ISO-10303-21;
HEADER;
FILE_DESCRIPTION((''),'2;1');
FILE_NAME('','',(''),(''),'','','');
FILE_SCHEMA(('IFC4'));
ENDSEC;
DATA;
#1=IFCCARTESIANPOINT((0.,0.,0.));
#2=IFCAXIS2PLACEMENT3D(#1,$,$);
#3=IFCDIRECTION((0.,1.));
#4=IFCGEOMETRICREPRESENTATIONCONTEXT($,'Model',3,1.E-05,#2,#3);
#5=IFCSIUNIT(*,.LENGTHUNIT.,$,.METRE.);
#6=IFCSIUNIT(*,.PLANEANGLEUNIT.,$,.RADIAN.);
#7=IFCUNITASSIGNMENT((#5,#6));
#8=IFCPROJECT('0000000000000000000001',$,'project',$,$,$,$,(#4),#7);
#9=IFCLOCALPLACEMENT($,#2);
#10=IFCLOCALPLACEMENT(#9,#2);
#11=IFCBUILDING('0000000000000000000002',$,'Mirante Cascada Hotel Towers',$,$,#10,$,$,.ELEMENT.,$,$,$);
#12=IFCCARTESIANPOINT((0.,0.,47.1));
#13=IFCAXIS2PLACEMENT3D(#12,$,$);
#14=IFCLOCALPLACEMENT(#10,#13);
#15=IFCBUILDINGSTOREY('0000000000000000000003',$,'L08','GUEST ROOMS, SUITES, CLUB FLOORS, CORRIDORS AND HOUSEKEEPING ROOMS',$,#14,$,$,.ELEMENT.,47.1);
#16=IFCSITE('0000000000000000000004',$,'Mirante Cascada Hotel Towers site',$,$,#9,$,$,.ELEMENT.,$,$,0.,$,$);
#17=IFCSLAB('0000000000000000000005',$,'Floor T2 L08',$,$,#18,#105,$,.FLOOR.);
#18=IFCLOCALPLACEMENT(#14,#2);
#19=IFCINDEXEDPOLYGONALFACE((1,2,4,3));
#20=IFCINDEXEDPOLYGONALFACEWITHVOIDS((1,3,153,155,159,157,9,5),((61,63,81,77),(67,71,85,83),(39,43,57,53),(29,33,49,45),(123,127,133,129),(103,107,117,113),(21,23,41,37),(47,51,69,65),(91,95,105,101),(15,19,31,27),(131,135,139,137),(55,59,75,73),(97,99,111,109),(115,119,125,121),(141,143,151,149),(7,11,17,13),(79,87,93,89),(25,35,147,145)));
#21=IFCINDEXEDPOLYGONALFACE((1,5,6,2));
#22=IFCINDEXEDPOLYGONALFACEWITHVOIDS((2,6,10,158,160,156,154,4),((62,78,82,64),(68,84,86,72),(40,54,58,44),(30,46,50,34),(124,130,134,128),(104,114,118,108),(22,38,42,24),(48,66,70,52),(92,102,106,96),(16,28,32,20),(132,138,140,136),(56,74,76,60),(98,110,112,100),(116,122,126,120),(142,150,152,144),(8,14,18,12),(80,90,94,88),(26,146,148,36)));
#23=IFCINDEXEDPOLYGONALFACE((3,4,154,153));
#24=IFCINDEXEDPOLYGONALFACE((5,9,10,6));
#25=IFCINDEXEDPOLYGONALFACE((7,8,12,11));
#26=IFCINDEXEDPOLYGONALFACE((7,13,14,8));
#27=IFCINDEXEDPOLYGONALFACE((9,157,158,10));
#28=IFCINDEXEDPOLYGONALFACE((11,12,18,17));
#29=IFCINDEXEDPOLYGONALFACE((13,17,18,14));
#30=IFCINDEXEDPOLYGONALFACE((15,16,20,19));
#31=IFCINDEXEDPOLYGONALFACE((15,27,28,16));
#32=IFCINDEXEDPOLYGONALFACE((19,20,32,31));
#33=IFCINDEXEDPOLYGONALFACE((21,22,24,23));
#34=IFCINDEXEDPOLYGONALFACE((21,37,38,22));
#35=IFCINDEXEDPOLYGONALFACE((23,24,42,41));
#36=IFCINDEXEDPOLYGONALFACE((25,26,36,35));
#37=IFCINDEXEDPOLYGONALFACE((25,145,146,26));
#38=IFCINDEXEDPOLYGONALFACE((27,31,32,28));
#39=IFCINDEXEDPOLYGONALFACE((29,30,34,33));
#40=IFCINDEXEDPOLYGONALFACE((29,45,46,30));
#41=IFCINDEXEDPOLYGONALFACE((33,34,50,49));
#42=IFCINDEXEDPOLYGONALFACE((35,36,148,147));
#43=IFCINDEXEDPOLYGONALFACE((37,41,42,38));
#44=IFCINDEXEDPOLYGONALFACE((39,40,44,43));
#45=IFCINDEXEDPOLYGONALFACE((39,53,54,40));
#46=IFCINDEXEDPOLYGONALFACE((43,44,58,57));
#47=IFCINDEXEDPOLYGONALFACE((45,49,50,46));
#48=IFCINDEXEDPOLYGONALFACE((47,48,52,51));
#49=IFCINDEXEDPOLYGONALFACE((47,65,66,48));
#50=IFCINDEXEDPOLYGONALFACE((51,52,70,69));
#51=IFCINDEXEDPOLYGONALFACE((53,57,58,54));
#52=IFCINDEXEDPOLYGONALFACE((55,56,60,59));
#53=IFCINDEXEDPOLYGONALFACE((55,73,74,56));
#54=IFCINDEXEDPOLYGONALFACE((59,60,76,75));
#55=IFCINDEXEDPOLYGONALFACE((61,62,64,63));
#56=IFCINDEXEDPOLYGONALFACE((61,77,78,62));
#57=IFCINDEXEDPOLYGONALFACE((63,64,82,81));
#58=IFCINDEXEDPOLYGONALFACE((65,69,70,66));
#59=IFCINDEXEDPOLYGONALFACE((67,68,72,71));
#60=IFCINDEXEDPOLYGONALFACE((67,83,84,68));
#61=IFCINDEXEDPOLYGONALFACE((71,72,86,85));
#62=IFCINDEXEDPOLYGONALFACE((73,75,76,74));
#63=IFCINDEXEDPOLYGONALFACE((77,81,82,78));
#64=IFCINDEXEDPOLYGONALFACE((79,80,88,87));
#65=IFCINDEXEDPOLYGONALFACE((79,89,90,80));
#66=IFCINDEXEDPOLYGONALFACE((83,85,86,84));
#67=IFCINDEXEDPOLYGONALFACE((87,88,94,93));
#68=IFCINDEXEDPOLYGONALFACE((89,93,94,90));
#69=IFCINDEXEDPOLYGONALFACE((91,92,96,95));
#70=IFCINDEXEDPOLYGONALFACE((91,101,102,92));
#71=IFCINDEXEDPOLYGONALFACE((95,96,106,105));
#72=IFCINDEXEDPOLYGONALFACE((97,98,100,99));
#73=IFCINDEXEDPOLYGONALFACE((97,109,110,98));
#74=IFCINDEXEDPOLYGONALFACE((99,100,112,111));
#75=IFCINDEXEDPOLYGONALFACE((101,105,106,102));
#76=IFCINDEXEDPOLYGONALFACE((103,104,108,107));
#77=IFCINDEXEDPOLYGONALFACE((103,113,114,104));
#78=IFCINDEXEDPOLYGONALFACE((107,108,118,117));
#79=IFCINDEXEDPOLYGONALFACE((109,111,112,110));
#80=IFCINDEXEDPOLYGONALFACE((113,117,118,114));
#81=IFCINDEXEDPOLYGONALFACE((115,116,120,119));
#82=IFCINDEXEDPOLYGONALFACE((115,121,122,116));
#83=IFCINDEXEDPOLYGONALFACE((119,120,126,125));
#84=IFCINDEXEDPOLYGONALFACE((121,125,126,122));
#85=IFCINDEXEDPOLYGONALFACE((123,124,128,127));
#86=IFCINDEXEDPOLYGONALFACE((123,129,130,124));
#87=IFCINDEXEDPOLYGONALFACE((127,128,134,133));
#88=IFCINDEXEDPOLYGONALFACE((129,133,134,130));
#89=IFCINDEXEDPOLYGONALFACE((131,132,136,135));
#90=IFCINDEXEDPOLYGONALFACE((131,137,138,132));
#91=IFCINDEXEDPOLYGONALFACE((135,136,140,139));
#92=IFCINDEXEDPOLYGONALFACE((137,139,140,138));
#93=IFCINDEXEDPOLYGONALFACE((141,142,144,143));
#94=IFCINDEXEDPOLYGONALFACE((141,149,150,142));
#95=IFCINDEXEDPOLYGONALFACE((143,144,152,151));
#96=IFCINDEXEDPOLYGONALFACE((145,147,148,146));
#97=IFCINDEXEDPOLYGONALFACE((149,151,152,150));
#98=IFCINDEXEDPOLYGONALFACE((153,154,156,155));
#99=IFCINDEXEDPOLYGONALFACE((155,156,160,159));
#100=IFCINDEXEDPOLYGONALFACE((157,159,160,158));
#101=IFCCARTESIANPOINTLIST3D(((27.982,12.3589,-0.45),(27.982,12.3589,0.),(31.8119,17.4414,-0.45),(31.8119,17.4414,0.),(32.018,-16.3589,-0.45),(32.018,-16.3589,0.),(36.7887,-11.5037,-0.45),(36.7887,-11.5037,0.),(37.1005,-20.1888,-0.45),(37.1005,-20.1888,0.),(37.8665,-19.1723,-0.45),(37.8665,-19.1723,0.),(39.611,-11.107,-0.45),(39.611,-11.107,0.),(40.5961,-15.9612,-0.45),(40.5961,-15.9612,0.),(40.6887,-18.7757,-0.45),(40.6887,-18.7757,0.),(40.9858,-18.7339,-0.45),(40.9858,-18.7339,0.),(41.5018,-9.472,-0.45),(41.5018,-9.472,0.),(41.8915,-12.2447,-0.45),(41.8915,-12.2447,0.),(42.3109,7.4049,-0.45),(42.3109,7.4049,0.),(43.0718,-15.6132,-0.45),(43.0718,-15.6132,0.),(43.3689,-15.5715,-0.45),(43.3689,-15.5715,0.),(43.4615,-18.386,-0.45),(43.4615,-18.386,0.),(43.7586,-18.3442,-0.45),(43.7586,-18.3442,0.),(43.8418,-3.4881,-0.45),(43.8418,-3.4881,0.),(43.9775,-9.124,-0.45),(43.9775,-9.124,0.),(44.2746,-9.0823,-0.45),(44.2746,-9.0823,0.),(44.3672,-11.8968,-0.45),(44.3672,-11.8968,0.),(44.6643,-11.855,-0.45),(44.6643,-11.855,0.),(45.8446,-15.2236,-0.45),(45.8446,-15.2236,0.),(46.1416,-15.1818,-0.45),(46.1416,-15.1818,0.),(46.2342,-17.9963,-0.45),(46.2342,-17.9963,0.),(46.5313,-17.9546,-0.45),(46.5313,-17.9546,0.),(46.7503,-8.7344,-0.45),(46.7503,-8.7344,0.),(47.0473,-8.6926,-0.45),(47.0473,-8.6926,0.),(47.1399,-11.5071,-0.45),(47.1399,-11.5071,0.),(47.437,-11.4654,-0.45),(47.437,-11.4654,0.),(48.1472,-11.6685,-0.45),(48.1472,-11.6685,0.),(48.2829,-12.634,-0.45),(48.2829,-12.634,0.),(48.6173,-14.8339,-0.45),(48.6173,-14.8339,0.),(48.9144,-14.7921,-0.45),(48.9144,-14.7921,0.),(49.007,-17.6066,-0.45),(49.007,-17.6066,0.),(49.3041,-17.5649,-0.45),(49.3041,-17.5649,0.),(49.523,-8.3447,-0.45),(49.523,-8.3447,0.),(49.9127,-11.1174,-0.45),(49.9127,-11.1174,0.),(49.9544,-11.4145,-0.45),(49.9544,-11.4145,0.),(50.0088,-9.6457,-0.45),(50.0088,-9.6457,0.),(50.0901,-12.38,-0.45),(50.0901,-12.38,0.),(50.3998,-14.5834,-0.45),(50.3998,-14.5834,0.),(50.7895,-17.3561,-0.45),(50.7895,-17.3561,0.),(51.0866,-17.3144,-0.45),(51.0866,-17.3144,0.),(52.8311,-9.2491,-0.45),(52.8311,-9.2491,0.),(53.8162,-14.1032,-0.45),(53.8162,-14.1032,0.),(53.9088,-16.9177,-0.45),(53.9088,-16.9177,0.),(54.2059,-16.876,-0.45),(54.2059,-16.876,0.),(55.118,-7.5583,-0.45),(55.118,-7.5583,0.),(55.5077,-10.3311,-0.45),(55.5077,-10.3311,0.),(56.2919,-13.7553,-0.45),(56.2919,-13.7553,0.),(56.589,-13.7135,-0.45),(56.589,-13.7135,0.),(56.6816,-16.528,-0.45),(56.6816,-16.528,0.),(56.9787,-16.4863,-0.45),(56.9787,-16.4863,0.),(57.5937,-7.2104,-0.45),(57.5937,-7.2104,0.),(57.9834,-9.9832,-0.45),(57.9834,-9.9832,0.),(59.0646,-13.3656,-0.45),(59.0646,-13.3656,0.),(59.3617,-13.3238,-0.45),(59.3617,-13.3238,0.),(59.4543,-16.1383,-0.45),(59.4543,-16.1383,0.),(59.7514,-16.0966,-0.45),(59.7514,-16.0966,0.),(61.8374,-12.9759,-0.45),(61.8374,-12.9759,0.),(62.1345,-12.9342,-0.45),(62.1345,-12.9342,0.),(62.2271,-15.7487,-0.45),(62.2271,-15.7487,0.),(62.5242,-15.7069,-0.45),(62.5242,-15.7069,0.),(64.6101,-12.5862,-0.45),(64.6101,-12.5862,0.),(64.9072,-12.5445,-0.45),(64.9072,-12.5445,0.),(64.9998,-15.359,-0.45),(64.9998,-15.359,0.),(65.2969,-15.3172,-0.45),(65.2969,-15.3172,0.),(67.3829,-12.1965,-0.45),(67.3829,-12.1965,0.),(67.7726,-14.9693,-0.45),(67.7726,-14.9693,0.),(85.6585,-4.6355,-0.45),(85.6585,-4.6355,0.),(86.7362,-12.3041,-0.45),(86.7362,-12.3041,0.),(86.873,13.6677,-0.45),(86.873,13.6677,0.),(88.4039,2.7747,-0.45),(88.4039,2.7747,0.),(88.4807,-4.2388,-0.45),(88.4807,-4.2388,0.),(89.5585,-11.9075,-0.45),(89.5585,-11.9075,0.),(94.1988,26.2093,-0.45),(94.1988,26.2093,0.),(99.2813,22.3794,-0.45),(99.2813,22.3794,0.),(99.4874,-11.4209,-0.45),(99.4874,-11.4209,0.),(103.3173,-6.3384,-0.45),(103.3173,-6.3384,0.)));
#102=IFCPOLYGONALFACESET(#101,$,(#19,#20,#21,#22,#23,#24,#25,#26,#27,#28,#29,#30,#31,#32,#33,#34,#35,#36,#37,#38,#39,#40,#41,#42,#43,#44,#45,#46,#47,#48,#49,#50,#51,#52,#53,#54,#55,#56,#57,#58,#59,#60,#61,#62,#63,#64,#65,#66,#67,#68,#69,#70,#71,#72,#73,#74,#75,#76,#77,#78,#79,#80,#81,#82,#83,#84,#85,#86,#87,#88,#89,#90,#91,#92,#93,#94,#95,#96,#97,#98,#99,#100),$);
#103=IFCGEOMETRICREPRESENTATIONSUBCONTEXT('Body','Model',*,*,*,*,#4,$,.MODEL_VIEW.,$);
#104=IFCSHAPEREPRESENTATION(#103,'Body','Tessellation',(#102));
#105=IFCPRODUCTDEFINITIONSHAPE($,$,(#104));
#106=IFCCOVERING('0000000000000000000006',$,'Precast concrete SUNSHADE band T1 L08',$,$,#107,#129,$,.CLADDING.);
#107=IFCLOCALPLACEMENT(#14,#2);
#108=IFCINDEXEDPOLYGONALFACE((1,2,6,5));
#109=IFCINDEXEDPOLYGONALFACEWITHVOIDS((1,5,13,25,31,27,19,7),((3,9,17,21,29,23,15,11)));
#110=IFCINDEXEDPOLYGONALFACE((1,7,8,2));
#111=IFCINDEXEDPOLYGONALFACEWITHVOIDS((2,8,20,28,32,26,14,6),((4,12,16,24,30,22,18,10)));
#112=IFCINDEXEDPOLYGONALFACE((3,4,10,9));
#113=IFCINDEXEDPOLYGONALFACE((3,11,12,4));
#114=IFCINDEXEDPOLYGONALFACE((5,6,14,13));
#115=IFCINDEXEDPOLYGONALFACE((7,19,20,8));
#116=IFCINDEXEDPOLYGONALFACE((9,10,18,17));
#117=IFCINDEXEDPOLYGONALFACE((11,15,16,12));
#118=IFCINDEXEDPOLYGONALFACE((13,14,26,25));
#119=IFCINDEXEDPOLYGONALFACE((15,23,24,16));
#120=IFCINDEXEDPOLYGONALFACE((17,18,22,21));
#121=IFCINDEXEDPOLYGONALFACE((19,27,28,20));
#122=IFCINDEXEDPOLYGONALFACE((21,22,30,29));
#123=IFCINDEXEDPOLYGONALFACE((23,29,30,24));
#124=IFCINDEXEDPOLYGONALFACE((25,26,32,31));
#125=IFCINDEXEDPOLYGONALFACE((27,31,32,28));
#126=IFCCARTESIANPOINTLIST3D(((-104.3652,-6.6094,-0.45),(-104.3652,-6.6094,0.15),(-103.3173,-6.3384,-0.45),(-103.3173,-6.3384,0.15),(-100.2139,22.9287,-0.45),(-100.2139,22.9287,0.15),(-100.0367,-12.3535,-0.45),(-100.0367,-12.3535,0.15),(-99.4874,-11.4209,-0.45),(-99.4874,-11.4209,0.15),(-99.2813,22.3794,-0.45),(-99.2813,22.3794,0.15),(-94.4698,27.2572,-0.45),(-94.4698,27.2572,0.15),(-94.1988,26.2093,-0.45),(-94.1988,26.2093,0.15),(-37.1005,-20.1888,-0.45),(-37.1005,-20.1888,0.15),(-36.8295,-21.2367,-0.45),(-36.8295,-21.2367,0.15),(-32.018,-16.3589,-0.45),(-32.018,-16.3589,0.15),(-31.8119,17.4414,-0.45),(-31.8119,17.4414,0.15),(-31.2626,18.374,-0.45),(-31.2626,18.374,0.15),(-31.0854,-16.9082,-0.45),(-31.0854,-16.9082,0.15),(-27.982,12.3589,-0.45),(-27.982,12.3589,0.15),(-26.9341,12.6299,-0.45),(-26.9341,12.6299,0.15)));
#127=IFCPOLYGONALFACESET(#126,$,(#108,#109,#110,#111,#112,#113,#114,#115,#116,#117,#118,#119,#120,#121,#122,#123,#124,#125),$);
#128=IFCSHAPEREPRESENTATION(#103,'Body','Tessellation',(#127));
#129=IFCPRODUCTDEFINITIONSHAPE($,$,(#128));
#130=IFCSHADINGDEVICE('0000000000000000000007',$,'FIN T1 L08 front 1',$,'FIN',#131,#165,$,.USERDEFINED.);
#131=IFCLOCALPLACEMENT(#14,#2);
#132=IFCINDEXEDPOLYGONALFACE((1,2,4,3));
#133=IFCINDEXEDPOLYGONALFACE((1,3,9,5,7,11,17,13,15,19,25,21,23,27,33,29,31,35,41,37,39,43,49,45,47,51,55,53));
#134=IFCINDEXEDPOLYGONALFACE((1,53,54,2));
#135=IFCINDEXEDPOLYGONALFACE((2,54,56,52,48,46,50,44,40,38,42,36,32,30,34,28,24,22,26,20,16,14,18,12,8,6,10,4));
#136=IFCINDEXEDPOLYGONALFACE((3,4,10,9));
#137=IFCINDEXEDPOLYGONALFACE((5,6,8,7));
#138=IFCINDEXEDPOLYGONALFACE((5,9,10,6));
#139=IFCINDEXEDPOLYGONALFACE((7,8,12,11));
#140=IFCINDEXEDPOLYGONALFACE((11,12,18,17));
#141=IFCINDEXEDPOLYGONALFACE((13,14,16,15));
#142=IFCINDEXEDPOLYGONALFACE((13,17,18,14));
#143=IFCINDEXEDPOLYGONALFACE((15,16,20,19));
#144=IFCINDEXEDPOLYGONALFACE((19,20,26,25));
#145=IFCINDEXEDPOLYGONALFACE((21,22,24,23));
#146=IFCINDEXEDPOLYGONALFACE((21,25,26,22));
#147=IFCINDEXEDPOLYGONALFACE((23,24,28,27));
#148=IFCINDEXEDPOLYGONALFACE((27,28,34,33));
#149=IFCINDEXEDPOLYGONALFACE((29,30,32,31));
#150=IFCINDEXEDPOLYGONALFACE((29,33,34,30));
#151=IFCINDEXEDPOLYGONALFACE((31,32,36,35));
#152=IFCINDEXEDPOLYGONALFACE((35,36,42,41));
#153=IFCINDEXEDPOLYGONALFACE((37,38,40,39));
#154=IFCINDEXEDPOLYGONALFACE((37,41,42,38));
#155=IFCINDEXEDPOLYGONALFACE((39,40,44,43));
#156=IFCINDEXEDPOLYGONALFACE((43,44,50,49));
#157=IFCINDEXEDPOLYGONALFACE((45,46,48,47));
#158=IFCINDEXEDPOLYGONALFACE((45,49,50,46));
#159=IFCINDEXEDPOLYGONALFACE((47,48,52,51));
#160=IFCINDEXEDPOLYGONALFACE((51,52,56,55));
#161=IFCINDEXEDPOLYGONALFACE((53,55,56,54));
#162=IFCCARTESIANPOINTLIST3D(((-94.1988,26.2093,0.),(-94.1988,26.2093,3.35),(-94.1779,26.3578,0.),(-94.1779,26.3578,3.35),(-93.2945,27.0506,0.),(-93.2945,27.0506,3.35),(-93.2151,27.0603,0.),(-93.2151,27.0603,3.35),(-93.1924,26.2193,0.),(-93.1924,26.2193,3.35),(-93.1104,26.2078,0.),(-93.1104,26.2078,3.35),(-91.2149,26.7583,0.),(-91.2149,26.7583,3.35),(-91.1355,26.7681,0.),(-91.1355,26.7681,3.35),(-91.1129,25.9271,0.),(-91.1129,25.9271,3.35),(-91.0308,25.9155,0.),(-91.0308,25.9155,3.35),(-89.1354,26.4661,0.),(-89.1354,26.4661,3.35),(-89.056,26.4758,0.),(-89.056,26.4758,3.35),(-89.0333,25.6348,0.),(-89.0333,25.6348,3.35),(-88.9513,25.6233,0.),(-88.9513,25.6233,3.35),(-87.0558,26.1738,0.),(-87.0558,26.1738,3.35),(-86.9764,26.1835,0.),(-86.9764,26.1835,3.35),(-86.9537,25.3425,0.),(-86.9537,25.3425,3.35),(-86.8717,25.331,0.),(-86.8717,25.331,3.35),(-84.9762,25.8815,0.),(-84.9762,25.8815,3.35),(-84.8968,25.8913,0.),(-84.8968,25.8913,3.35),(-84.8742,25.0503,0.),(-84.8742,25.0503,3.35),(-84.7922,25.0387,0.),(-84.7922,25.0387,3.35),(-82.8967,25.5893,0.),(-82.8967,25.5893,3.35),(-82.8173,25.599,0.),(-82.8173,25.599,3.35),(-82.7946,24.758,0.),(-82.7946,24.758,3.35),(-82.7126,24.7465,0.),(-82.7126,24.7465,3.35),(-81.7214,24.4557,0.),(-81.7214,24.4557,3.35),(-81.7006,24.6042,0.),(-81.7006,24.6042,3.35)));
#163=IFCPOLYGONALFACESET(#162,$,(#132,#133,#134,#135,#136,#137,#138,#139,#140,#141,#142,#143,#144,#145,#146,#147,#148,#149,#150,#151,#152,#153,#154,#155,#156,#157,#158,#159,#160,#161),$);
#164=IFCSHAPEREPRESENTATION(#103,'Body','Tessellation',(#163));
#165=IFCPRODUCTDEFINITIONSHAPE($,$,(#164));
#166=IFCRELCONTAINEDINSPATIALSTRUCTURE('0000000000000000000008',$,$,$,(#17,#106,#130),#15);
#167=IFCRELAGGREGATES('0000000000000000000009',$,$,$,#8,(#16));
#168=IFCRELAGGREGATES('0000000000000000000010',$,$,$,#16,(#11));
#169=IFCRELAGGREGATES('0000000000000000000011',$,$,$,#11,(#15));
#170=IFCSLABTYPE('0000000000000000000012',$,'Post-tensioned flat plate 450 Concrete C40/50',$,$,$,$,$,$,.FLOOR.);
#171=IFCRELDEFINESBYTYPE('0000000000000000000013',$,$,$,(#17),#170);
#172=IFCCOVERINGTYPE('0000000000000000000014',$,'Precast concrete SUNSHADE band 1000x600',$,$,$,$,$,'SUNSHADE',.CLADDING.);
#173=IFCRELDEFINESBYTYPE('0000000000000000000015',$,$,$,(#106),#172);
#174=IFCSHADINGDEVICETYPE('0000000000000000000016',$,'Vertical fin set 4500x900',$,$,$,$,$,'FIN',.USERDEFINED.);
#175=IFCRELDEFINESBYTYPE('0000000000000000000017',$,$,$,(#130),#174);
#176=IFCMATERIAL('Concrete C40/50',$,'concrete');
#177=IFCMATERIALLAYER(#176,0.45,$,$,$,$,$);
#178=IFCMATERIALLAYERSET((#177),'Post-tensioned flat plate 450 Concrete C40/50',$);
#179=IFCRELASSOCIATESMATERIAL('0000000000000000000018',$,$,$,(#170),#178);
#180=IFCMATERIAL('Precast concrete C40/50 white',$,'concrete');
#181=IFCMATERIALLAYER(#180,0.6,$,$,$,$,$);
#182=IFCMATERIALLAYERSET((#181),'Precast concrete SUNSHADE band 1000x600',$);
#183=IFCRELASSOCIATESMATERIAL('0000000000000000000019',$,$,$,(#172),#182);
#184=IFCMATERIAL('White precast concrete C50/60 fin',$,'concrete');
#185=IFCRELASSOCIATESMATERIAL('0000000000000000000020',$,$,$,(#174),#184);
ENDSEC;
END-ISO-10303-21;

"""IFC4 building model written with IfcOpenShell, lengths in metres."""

from ifc_helpers import new_model, si_unit, direction, frame, origin, place, context, subcontext, project, spatial, polyline, outline, extrude, material, layer, layer_set, type_object, element, save


model = new_model("IFC4")

# Units and contexts
model_context = context("Model", 3, precision=1e-05, world=origin(), true_north=direction((0.0, 1.0)))
body_context = subcontext(model_context, "Body", "Model", "MODEL_VIEW")
ifc_project = project(units=[si_unit("LENGTHUNIT", "METRE"), si_unit("PLANEANGLEUNIT", "RADIAN")], contexts=[model_context])

# Site, building, storey
site_placement = place(None, origin())
site = spatial("IfcSite", under=ifc_project, at=site_placement, Name="Mirante Cascada Hotel Towers site", CompositionType="ELEMENT", RefElevation=0.0)
building_placement = place(site_placement, origin())
building = spatial("IfcBuilding", under=site, at=building_placement, Name="Mirante Cascada Hotel Towers", CompositionType="ELEMENT")
storey_placement = place(building_placement, frame((0.0, 0.0, 47.1)))
storey = spatial("IfcBuildingStorey", under=building, at=storey_placement, Name="L08", Description="GUEST ROOMS, SUITES, CLUB FLOORS, CORRIDORS AND HOUSEKEEPING ROOMS", CompositionType="ELEMENT", Elevation=47.1)

# Slab
ifc_material_1 = material(Name="Concrete C40/50", Category="concrete")
ifc_layer_1 = layer(ifc_material_1, 0.45)
ifc_layer_set_1 = layer_set([ifc_layer_1], Name="Post-tensioned flat plate 450 Concrete C40/50")
slab_type = type_object("IfcSlabType", Name="Post-tensioned flat plate 450 Concrete C40/50", PredefinedType="FLOOR", material=ifc_layer_set_1)
slab_1_placement = place(storey_placement, frame((0.0, 0.0, -0.45)))
element("IfcSlab", 1, at=slab_1_placement, inside=storey, type_object=slab_type, Name="Floor T2 L08", PredefinedType="FLOOR", context=body_context, shape_type="SweptSolid", body=[
    extrude(outline(polyline([(32.018, -16.3589), (27.982, 12.3589), (31.8119, 17.4414), (94.1988, 26.2093), (99.2813, 22.3794), (103.3173, -6.3384), (99.4874, -11.4209), (37.1005, -20.1888), (32.018, -16.3589)]), holes=[polyline([(43.0718, -15.6132), (40.5961, -15.9612), (40.9858, -18.7339), (43.4615, -18.386), (43.0718, -15.6132)]), polyline([(45.8446, -15.2236), (43.3689, -15.5715), (43.7586, -18.3442), (46.2342, -17.9963), (45.8446, -15.2236)]), polyline([(48.6173, -14.8339), (46.1416, -15.1818), (46.5313, -17.9546), (49.007, -17.6066), (48.6173, -14.8339)]), polyline([(50.3998, -14.5834), (48.9144, -14.7921), (49.3041, -17.5649), (50.7895, -17.3561), (50.3998, -14.5834)]), polyline([(37.8665, -19.1723), (40.6887, -18.7757), (39.611, -11.107), (36.7887, -11.5037), (37.8665, -19.1723)]), polyline([(49.9544, -11.4145), (48.1472, -11.6685), (48.2829, -12.634), (50.0901, -12.38), (49.9544, -11.4145)]), polyline([(43.9775, -9.124), (41.5018, -9.472), (41.8915, -12.2447), (44.3672, -11.8968), (43.9775, -9.124)]), polyline([(47.1399, -11.5071), (46.7503, -8.7344), (44.2746, -9.0823), (44.6643, -11.855), (47.1399, -11.5071)]), polyline([(49.9127, -11.1174), (49.523, -8.3447), (47.0473, -8.6926), (47.437, -11.4654), (49.9127, -11.1174)]), polyline([(56.2919, -13.7553), (53.8162, -14.1032), (54.2059, -16.876), (56.6816, -16.528), (56.2919, -13.7553)]), polyline([(59.0646, -13.3656), (56.589, -13.7135), (56.9787, -16.4863), (59.4543, -16.1383), (59.0646, -13.3656)]), polyline([(61.8374, -12.9759), (59.3617, -13.3238), (59.7514, -16.0966), (62.2271, -15.7487), (61.8374, -12.9759)]), polyline([(64.6101, -12.5862), (62.1345, -12.9342), (62.5242, -15.7069), (64.9998, -15.359), (64.6101, -12.5862)]), polyline([(67.3829, -12.1965), (64.9072, -12.5445), (65.2969, -15.3172), (67.7726, -14.9693), (67.3829, -12.1965)]), polyline([(51.0866, -17.3144), (53.9088, -16.9177), (52.8311, -9.2491), (50.0088, -9.6457), (51.0866, -17.3144)]), polyline([(86.7362, -12.3041), (89.5585, -11.9075), (88.4807, -4.2388), (85.6585, -4.6355), (86.7362, -12.3041)]), polyline([(57.9834, -9.9832), (57.5937, -7.2104), (55.118, -7.5583), (55.5077, -10.3311), (57.9834, -9.9832)]), polyline([(88.4039, 2.7747), (86.873, 13.6677), (42.3109, 7.4049), (43.8418, -3.4881), (88.4039, 2.7747)])]), origin(), (0.0, 0.0, 1.0), 0.45),
])

# Covering
ifc_material_2 = material(Name="Precast concrete C40/50 white", Category="concrete")
ifc_layer_2 = layer(ifc_material_2, 0.6)
ifc_layer_set_2 = layer_set([ifc_layer_2], Name="Precast concrete SUNSHADE band 1000x600")
covering_type = type_object("IfcCoveringType", Name="Precast concrete SUNSHADE band 1000x600", ElementType="SUNSHADE", PredefinedType="CLADDING", material=ifc_layer_set_2)
covering_placement = place(storey_placement, frame((0.0, 0.0, -0.45)))
element("IfcCovering", 2, at=covering_placement, inside=storey, type_object=covering_type, Name="Precast concrete SUNSHADE band T1 L08", PredefinedType="CLADDING", context=body_context, shape_type="SweptSolid", body=[
    extrude(outline(polyline([(-104.3652, -6.6094), (-100.2139, 22.9287), (-94.4698, 27.2572), (-31.2626, 18.374), (-26.9341, 12.6299), (-31.0854, -16.9082), (-36.8295, -21.2367), (-100.0367, -12.3535), (-104.3652, -6.6094)]), holes=[polyline([(-27.982, 12.3589), (-31.8119, 17.4414), (-94.1988, 26.2093), (-99.2813, 22.3794), (-103.3173, -6.3384), (-99.4874, -11.4209), (-37.1005, -20.1888), (-32.018, -16.3589), (-27.982, 12.3589)])]), origin(), (0.0, 0.0, 1.0), 0.6),
])

# Shading device
ifc_material_3 = material(Name="White precast concrete C50/60 fin", Category="concrete")
shading_device_type = type_object("IfcShadingDeviceType", Name="Vertical fin set 4500x900", ElementType="FIN", PredefinedType="USERDEFINED", material=ifc_material_3)
shading_device_1_placement = place(storey_placement, origin())
element("IfcShadingDevice", 3, at=shading_device_1_placement, inside=storey, type_object=shading_device_type, Name="FIN T1 L08 front 1", ObjectType="FIN", PredefinedType="USERDEFINED", context=body_context, shape_type="SweptSolid", body=[
    extrude(outline(polyline([(-82.8173, 25.599), (-82.7126, 24.7465), (-81.7006, 24.6042), (-81.7214, 24.4557), (-94.1988, 26.2093), (-94.1779, 26.3578), (-93.1924, 26.2193), (-93.2945, 27.0506), (-93.2151, 27.0603), (-93.1104, 26.2078), (-91.1129, 25.9271), (-91.2149, 26.7583), (-91.1355, 26.7681), (-91.0308, 25.9155), (-89.0333, 25.6348), (-89.1354, 26.4661), (-89.056, 26.4758), (-88.9513, 25.6233), (-86.9537, 25.3425), (-87.0558, 26.1738), (-86.9764, 26.1835), (-86.8717, 25.331), (-84.8742, 25.0503), (-84.9762, 25.8815), (-84.8968, 25.8913), (-84.7922, 25.0387), (-82.7946, 24.758), (-82.8967, 25.5893), (-82.8173, 25.599)])), origin(), (0.0, 0.0, 1.0), 3.35),
])

save(model, "model.ifc")
